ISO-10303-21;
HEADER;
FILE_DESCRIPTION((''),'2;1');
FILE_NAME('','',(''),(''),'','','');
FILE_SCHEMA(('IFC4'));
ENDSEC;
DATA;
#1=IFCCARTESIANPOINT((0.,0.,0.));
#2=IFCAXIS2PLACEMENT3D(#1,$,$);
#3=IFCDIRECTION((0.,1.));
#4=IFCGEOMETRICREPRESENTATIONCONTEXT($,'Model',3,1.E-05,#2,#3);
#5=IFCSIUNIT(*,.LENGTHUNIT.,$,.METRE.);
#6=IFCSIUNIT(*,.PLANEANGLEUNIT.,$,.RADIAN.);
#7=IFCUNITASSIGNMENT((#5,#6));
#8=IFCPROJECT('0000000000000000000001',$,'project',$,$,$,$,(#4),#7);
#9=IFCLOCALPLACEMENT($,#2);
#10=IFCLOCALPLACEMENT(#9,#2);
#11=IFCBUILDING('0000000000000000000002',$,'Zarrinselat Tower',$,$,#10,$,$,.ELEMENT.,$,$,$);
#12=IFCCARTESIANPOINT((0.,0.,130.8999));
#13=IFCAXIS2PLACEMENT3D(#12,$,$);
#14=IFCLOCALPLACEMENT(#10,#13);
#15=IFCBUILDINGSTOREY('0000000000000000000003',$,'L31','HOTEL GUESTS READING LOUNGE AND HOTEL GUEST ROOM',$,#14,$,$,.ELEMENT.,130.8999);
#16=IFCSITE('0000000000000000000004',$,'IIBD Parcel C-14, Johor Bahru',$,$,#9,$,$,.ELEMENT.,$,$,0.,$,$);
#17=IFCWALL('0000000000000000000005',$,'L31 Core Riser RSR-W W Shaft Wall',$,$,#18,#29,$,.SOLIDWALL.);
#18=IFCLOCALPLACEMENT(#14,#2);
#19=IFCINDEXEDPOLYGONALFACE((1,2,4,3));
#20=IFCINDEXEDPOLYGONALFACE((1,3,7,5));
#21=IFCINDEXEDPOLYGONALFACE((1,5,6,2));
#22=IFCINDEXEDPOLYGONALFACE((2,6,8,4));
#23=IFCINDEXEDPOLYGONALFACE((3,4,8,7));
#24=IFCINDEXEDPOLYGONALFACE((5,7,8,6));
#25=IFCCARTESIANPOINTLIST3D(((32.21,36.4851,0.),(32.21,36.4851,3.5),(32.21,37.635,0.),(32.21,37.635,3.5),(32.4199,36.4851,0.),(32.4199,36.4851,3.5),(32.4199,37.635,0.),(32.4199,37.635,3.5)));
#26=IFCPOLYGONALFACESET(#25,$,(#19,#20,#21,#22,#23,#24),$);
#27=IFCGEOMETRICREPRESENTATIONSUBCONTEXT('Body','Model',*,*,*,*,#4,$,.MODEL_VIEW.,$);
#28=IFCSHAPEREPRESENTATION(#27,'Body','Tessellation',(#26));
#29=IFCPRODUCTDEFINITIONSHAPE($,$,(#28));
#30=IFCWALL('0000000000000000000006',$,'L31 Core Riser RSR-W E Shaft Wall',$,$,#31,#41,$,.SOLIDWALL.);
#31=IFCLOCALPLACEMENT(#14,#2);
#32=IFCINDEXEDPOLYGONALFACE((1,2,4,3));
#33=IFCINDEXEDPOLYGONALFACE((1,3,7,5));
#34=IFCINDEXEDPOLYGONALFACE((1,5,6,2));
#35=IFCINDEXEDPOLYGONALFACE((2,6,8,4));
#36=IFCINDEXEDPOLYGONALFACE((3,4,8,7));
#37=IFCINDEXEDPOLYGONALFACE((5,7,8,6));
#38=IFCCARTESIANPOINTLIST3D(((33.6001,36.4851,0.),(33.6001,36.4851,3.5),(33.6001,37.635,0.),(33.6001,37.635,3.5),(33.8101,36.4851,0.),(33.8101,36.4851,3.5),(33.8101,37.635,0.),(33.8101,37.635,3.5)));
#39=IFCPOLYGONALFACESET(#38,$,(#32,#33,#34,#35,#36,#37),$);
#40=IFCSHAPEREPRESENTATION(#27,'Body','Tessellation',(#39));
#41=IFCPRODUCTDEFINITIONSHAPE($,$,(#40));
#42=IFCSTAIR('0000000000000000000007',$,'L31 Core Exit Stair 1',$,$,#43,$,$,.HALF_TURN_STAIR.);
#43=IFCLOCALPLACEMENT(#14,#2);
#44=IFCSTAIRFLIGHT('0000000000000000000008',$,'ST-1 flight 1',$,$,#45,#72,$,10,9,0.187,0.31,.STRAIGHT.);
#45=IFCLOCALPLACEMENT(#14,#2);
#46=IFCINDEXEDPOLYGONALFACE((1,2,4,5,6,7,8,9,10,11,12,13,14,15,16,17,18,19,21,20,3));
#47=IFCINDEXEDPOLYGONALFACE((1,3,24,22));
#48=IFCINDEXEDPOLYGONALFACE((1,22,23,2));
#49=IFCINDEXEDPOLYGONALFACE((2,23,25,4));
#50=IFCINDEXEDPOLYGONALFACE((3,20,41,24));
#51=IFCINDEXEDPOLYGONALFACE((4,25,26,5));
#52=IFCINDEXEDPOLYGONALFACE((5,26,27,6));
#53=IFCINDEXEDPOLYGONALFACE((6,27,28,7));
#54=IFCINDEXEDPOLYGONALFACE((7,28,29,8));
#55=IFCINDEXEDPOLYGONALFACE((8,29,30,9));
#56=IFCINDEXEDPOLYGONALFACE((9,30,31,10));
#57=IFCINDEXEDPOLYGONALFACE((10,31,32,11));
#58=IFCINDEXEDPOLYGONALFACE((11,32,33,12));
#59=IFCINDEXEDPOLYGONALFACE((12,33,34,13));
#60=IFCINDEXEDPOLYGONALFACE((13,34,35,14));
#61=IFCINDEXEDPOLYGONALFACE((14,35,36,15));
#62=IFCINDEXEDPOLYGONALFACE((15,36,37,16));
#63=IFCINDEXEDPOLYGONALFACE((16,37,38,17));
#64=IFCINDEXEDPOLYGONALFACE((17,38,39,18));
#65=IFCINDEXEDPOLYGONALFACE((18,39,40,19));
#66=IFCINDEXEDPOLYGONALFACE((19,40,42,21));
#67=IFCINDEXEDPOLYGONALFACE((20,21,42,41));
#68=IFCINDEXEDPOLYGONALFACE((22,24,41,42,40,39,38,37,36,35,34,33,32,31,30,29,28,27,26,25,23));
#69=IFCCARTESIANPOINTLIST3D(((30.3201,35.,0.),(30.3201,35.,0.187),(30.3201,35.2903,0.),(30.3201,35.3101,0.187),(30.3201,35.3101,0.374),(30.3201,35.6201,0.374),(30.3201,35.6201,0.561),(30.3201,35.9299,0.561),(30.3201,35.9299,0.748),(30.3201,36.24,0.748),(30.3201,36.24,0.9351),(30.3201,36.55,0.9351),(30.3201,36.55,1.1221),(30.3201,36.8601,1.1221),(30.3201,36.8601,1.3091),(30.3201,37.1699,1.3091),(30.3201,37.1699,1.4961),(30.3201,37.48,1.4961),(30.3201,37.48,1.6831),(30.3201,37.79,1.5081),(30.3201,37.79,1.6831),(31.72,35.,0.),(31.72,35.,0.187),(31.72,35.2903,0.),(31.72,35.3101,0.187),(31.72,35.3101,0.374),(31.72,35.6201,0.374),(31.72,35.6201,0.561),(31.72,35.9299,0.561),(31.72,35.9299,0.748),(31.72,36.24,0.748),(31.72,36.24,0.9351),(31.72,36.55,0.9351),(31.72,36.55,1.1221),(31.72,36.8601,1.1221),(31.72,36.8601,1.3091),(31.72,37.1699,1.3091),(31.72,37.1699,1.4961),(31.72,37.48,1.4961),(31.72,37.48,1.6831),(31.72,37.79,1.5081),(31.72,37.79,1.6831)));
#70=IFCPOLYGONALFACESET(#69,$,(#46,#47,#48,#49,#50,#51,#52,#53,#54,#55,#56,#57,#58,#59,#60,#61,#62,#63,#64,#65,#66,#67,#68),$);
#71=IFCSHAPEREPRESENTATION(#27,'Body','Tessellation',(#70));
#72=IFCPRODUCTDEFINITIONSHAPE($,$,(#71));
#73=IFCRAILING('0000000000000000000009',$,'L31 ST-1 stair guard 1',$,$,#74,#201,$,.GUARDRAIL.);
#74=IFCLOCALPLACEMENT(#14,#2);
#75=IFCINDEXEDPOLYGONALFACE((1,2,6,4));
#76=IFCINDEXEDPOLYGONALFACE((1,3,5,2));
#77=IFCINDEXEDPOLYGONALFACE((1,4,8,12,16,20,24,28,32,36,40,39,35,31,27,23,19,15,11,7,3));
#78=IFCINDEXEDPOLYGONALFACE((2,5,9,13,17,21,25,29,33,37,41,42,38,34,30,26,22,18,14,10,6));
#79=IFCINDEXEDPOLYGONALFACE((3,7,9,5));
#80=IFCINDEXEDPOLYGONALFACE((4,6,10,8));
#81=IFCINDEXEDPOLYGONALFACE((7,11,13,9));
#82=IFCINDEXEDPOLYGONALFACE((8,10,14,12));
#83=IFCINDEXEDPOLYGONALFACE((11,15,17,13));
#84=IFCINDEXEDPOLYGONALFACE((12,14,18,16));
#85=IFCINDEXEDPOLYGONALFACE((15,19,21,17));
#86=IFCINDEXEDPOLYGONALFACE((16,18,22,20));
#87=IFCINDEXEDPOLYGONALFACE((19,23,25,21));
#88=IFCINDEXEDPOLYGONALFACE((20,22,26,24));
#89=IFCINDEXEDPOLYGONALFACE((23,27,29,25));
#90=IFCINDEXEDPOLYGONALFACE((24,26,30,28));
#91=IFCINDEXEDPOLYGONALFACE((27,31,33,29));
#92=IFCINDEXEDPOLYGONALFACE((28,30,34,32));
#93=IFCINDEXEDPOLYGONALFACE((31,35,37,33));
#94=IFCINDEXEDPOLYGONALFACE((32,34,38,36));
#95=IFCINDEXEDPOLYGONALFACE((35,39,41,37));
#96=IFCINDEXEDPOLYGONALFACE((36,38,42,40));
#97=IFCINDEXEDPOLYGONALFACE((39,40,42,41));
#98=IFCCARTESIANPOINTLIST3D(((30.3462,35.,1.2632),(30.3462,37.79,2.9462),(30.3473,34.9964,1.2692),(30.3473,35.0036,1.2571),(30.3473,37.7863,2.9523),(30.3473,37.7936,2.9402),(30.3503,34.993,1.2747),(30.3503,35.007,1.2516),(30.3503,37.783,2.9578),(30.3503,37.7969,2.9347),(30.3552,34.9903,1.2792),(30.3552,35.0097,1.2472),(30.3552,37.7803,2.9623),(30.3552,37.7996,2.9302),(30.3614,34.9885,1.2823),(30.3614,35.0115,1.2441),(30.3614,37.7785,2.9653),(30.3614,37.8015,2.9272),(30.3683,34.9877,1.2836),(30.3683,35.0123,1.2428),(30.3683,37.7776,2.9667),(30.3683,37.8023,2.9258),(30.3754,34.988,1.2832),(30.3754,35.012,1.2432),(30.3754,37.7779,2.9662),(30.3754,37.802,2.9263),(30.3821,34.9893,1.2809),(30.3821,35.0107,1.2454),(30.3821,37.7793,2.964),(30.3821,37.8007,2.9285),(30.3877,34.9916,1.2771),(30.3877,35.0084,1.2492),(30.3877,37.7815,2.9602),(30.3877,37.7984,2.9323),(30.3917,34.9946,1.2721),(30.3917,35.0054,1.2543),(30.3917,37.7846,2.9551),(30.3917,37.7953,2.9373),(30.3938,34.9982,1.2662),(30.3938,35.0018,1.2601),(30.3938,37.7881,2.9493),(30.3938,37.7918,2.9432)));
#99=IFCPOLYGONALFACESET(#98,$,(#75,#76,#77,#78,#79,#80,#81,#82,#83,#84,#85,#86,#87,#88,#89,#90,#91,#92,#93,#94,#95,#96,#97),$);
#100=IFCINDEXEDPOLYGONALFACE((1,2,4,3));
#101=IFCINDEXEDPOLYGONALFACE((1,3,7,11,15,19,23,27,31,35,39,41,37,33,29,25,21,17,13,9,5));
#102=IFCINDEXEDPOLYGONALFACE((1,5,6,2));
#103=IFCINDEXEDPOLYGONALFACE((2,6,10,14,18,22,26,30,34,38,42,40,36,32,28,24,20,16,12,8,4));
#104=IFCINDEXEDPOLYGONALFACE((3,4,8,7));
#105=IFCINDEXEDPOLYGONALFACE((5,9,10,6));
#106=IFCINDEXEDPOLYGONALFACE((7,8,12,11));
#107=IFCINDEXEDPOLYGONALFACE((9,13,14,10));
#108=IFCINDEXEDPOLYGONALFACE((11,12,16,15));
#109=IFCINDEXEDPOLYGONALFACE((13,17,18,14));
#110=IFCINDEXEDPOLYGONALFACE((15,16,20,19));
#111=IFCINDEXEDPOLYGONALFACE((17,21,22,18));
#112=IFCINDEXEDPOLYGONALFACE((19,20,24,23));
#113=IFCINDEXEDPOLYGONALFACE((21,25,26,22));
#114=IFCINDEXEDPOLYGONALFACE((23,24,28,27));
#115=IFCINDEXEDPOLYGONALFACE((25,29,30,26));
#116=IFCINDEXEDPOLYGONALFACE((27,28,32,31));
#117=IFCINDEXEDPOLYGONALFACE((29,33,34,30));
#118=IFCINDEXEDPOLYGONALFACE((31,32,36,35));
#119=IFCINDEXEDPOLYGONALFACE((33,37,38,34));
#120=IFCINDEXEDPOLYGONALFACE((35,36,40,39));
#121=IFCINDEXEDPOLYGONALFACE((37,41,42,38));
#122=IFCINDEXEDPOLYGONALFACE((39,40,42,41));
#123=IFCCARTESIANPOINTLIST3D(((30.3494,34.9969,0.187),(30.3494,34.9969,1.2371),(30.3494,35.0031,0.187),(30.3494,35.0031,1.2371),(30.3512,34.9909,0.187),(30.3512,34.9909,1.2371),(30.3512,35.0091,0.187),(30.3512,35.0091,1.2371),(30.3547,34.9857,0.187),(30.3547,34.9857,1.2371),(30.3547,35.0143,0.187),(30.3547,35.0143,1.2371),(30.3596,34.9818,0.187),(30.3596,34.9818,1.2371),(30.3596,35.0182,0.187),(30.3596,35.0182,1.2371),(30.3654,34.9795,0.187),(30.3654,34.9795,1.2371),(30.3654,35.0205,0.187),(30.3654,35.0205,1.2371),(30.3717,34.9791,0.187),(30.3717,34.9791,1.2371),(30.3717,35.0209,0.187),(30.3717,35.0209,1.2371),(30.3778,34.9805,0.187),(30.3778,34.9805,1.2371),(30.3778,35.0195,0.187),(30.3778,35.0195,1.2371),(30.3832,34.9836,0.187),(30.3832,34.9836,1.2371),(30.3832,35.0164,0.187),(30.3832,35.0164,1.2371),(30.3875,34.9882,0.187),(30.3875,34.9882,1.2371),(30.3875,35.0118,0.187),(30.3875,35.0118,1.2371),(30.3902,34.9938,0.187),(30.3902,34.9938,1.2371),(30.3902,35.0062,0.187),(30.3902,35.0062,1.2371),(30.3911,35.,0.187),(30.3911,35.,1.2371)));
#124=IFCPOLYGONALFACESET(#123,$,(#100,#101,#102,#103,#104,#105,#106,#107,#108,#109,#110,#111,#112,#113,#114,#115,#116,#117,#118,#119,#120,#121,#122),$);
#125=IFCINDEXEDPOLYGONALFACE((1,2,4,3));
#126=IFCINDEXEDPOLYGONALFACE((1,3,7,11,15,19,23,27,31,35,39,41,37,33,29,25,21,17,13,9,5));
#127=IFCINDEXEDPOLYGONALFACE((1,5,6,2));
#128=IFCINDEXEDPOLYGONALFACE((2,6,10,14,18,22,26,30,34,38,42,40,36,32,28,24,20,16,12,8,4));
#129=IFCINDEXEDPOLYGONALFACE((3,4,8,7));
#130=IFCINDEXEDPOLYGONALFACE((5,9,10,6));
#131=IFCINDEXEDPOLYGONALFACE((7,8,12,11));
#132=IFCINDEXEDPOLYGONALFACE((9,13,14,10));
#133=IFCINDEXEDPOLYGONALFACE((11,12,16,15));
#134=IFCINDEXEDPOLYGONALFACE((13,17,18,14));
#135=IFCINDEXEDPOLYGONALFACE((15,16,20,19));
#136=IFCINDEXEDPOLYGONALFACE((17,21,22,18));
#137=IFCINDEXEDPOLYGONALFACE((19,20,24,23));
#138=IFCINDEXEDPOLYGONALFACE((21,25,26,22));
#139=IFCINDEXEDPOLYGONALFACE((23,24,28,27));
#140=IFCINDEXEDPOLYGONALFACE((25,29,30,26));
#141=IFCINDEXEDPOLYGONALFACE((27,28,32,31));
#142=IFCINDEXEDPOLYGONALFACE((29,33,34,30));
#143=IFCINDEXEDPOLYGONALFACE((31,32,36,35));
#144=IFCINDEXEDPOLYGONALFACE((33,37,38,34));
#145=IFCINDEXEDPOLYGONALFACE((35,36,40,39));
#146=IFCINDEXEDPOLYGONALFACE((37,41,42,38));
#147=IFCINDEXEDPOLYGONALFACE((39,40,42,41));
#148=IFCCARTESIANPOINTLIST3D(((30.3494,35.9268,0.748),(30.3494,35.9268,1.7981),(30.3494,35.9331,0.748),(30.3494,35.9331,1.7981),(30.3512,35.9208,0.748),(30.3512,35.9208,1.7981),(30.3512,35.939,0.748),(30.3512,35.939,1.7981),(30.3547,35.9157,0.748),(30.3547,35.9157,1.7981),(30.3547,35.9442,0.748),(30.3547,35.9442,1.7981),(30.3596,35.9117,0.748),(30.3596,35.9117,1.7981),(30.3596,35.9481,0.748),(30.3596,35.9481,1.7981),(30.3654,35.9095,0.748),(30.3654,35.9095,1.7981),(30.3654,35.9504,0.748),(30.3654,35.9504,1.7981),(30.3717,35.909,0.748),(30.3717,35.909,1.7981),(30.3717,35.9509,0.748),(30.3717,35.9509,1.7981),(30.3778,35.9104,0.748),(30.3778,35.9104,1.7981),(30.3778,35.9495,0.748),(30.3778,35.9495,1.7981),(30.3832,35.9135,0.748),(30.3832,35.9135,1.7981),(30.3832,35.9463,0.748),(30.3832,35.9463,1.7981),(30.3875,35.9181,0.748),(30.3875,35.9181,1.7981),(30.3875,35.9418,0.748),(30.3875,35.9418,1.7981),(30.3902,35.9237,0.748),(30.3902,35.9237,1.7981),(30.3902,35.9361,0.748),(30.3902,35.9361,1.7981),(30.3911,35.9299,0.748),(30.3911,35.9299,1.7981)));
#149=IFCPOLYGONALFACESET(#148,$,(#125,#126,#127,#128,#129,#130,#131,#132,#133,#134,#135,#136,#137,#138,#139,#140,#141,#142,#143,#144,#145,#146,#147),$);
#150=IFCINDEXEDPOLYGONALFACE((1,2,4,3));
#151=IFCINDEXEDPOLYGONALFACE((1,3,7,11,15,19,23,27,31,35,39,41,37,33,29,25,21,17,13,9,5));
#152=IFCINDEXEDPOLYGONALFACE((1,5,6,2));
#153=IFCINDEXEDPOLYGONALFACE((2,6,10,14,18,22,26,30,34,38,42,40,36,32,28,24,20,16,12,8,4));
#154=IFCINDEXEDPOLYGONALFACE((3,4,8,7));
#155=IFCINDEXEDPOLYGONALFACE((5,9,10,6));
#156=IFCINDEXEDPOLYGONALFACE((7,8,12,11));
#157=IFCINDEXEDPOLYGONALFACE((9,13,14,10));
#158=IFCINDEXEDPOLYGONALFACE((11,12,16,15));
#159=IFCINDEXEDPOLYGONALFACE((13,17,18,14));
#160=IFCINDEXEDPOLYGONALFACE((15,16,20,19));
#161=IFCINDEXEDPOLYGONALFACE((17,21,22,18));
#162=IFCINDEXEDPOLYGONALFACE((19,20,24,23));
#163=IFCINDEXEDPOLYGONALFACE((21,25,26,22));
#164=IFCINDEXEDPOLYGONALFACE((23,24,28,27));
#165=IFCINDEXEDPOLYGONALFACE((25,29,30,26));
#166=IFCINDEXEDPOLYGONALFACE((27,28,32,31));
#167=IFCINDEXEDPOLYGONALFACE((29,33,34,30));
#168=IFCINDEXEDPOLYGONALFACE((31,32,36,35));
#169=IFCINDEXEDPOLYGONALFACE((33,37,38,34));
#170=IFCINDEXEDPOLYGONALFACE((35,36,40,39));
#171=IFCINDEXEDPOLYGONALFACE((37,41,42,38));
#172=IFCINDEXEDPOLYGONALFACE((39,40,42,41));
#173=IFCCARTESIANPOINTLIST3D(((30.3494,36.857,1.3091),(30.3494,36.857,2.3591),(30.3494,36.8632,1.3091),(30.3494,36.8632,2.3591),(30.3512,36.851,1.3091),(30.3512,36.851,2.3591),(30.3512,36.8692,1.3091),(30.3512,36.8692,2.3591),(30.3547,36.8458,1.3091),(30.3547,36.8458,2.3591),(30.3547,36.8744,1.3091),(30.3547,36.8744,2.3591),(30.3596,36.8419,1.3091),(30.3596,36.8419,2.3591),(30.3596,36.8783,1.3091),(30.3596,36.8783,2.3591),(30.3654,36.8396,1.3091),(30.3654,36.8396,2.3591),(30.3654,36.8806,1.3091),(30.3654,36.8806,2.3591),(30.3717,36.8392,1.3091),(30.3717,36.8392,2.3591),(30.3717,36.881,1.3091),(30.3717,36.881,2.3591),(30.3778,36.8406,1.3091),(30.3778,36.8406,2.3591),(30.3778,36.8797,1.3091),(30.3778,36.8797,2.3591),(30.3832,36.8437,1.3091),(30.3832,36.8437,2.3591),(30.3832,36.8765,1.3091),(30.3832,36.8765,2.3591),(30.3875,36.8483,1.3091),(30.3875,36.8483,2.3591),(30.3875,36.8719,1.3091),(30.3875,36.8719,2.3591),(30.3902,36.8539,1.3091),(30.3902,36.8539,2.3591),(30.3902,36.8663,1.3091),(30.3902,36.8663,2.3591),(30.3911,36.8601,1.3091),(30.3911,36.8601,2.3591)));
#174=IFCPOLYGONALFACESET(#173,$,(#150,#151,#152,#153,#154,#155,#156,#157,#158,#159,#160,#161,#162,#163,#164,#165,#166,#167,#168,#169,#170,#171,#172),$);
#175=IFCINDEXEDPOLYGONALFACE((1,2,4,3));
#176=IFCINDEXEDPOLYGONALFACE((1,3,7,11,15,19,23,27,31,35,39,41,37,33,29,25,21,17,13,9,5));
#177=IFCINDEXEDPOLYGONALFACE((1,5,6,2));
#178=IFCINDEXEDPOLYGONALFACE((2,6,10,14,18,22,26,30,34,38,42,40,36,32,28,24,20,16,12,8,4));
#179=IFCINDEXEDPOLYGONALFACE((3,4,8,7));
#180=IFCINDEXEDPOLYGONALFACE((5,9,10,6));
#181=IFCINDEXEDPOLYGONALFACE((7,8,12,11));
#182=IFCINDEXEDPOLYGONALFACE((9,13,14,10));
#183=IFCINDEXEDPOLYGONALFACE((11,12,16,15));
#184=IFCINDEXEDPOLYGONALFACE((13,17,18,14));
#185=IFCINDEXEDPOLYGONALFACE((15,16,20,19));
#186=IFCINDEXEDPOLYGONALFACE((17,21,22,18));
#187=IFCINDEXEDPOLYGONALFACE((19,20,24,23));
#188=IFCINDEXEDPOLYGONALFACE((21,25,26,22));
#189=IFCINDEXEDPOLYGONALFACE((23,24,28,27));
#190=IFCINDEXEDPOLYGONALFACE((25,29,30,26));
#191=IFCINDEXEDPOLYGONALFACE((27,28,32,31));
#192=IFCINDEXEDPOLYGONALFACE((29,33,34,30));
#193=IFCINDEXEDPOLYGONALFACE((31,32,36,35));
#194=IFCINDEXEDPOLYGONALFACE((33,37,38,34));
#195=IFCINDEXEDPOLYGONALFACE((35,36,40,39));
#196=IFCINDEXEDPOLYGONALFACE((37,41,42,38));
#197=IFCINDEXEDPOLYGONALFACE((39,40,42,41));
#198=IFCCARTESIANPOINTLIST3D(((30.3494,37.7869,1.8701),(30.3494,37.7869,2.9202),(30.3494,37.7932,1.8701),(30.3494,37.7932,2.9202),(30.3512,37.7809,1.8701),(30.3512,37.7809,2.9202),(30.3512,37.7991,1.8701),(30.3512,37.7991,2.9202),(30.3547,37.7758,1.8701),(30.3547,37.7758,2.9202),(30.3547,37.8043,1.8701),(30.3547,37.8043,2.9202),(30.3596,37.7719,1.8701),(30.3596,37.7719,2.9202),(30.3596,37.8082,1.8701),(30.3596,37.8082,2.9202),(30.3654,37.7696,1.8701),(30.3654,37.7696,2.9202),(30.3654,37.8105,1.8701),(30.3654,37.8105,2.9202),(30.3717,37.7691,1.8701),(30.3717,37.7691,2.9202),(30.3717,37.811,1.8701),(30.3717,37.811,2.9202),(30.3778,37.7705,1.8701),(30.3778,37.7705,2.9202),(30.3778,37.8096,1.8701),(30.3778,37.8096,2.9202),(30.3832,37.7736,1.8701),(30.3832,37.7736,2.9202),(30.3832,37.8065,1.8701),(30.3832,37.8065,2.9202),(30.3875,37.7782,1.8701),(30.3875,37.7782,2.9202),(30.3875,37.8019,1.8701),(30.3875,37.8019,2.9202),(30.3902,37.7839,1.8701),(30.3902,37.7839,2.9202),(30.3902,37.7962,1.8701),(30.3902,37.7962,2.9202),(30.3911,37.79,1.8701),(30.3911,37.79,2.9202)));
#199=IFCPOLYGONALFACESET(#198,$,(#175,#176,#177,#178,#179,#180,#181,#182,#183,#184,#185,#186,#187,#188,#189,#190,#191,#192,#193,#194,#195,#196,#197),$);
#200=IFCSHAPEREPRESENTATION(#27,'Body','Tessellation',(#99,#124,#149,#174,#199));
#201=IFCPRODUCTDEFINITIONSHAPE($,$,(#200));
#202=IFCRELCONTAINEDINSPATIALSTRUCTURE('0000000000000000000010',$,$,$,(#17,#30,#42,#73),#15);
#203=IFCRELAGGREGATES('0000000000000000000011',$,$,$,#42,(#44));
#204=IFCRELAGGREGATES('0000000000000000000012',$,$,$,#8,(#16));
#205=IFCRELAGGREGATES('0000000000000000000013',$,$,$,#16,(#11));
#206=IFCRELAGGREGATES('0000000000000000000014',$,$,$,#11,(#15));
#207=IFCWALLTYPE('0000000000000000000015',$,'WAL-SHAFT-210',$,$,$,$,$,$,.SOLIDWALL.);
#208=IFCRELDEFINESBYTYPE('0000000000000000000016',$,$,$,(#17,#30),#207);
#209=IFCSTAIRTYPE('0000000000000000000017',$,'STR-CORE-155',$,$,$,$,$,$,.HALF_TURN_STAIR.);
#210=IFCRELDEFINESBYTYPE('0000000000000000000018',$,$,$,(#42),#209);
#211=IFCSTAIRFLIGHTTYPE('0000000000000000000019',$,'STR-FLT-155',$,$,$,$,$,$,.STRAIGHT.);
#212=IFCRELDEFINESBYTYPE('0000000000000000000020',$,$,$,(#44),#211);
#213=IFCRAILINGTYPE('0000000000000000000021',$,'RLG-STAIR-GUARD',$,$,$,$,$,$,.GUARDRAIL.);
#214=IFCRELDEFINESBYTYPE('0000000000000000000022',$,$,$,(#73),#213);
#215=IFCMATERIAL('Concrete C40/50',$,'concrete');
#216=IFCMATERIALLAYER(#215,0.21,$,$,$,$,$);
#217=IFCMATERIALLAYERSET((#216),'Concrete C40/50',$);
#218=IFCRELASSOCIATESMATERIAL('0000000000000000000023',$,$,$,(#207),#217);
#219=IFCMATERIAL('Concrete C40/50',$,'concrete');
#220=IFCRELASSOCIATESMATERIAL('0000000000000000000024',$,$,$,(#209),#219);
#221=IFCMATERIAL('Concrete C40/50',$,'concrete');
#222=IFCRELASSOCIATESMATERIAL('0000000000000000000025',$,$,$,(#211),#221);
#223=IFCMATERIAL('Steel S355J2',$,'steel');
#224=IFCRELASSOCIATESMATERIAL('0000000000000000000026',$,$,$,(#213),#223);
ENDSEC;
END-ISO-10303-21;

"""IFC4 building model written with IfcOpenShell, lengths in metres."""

from ifc_helpers import new_model, si_unit, direction, frame, frame_2d, origin, origin_2d, place, context, subcontext, project, spatial, polyline, rectangle, circle, outline, extrude, material, layer, layer_set, type_object, element, aggregate, save


model = new_model("IFC4")

# Units and contexts
model_context = context("Model", 3, precision=1e-05, world=origin(), true_north=direction((0.0, 1.0)))
body_context = subcontext(model_context, "Body", "Model", "MODEL_VIEW")
ifc_project = project(units=[si_unit("LENGTHUNIT", "METRE"), si_unit("PLANEANGLEUNIT", "RADIAN")], contexts=[model_context])

# Site, building, storey
site_placement = place(None, origin())
site = spatial("IfcSite", under=ifc_project, at=site_placement, Name="IIBD Parcel C-14, Johor Bahru", CompositionType="ELEMENT", RefElevation=0.0)
building_placement = place(site_placement, origin())
building = spatial("IfcBuilding", under=site, at=building_placement, Name="Zarrinselat Tower", CompositionType="ELEMENT")
storey_placement = place(building_placement, frame((0.0, 0.0, 130.8999)))
storey = spatial("IfcBuildingStorey", under=building, at=storey_placement, Name="L31", Description="HOTEL GUESTS READING LOUNGE AND HOTEL GUEST ROOM", CompositionType="ELEMENT", Elevation=130.8999)

# Shared definitions
ifc_material_1 = material(Name="Concrete C40/50", Category="concrete")
ifc_layer_1 = layer(ifc_material_1, 0.21)
ifc_layer_set_1 = layer_set([ifc_layer_1], Name="Concrete C40/50")
wall_type_1 = type_object("IfcWallType", Name="WAL-SHAFT-210", PredefinedType="SOLIDWALL", material=ifc_layer_set_1)

# Walls
for number, where, z_axis, x_axis, name in (
    (1, (32.3149, 36.4851, 0.0), (0.0, 0.0, 1.0), (0.0, 1.0, 0.0), "L31 Core Riser RSR-W W Shaft Wall"),
    (2, (33.7051, 36.4851, 0.0), (0.0, 0.0, 1.0), (0.0, 1.0, 0.0), "L31 Core Riser RSR-W E Shaft Wall"),
):
    element("IfcWall", number, at=place(storey_placement, frame(where, z_axis=z_axis, x_axis=x_axis)), inside=storey, type_object=wall_type_1, Name=name, PredefinedType="SOLIDWALL", context=body_context, shape_type="SweptSolid", body=[
        extrude(rectangle(XDim=1.1499, YDim=0.21, at=frame_2d((0.575, 0.0))), origin(), (0.0, 0.0, 1.0), 3.5),
    ])

# Stair, stair flight
ifc_material_2 = material(Name="Concrete C40/50", Category="concrete")
stair_type = type_object("IfcStairType", Name="STR-CORE-155", PredefinedType="HALF_TURN_STAIR", material=ifc_material_2)
stair_placement = place(storey_placement, origin())
stair = element("IfcStair", 3, at=stair_placement, inside=storey, type_object=stair_type, Name="L31 Core Exit Stair 1", PredefinedType="HALF_TURN_STAIR")
ifc_material_3 = material(Name="Concrete C40/50", Category="concrete")
stair_flight_type = type_object("IfcStairFlightType", Name="STR-FLT-155", PredefinedType="STRAIGHT", material=ifc_material_3)
stair_flight_placement = place(storey_placement, frame((31.02, 35.0, 0.0), z_axis=(0.0, 0.0, 1.0), x_axis=(0.0, 1.0, 0.0)))
stair_flight = element("IfcStairFlight", 4, at=stair_flight_placement, type_object=stair_flight_type, Name="ST-1 flight 1", NumberOfRisers=10, NumberOfTreads=9, PredefinedType="STRAIGHT", RiserHeight=0.187, TreadLength=0.31, context=body_context, shape_type="SweptSolid", body=[
    extrude(outline(polyline([(0.0, 0.0), (0.0, 0.187), (0.3101, 0.187), (0.3101, 0.374), (0.6201, 0.374), (0.6201, 0.561), (0.9299, 0.561), (0.9299, 0.748), (1.24, 0.748), (1.24, 0.9351), (1.55, 0.9351), (1.55, 1.1221), (1.8601, 1.1221), (1.8601, 1.3091), (2.1699, 1.3091), (2.1699, 1.4961), (2.48, 1.4961), (2.48, 1.6831), (2.79, 1.6831), (2.79, 1.8701), (2.79, 1.5081), (0.2903, 0.0), (0.0, 0.0)])), frame((0.0, 0.7, 0.0), z_axis=(0.0, -1.0, 0.0), x_axis=(1.0, 0.0, 0.0)), (0.0, 0.0, 1.0), 1.3999),
])
aggregate(stair, [stair_flight])

# Railing
ifc_material_4 = material(Name="Steel S355J2", Category="steel")
railing_type_1 = type_object("IfcRailingType", Name="RLG-STAIR-GUARD", PredefinedType="GUARDRAIL", material=ifc_material_4)
railing_1_placement = place(storey_placement, frame((30.3701, 35.0, 0.187)))
element("IfcRailing", 5, at=railing_1_placement, inside=storey, type_object=railing_type_1, Name="L31 ST-1 stair guard 1", PredefinedType="GUARDRAIL", context=body_context, shape_type="SweptSolid", body=[
    extrude(circle(Radius=0.0239, at=origin_2d()), frame((0.0, 0.0, 1.0762), z_axis=(0.0, 0.856261, 0.516544), x_axis=(-1.0, 0.0, 0.0)), (0.0, 0.0, 1.0), 3.2583),
    extrude(circle(Radius=0.021, at=origin_2d()), origin(), (0.0, 0.0, 1.0), 1.05),
    extrude(circle(Radius=0.021, at=origin_2d()), frame((0.0, 0.9299, 0.561)), (0.0, 0.0, 1.0), 1.05),
    extrude(circle(Radius=0.021, at=origin_2d()), frame((0.0, 1.8601, 1.1221)), (0.0, 0.0, 1.0), 1.05),
    extrude(circle(Radius=0.021, at=origin_2d()), frame((0.0, 2.79, 1.6831)), (0.0, 0.0, 1.0), 1.05),
])

save(model, "model.ifc")
